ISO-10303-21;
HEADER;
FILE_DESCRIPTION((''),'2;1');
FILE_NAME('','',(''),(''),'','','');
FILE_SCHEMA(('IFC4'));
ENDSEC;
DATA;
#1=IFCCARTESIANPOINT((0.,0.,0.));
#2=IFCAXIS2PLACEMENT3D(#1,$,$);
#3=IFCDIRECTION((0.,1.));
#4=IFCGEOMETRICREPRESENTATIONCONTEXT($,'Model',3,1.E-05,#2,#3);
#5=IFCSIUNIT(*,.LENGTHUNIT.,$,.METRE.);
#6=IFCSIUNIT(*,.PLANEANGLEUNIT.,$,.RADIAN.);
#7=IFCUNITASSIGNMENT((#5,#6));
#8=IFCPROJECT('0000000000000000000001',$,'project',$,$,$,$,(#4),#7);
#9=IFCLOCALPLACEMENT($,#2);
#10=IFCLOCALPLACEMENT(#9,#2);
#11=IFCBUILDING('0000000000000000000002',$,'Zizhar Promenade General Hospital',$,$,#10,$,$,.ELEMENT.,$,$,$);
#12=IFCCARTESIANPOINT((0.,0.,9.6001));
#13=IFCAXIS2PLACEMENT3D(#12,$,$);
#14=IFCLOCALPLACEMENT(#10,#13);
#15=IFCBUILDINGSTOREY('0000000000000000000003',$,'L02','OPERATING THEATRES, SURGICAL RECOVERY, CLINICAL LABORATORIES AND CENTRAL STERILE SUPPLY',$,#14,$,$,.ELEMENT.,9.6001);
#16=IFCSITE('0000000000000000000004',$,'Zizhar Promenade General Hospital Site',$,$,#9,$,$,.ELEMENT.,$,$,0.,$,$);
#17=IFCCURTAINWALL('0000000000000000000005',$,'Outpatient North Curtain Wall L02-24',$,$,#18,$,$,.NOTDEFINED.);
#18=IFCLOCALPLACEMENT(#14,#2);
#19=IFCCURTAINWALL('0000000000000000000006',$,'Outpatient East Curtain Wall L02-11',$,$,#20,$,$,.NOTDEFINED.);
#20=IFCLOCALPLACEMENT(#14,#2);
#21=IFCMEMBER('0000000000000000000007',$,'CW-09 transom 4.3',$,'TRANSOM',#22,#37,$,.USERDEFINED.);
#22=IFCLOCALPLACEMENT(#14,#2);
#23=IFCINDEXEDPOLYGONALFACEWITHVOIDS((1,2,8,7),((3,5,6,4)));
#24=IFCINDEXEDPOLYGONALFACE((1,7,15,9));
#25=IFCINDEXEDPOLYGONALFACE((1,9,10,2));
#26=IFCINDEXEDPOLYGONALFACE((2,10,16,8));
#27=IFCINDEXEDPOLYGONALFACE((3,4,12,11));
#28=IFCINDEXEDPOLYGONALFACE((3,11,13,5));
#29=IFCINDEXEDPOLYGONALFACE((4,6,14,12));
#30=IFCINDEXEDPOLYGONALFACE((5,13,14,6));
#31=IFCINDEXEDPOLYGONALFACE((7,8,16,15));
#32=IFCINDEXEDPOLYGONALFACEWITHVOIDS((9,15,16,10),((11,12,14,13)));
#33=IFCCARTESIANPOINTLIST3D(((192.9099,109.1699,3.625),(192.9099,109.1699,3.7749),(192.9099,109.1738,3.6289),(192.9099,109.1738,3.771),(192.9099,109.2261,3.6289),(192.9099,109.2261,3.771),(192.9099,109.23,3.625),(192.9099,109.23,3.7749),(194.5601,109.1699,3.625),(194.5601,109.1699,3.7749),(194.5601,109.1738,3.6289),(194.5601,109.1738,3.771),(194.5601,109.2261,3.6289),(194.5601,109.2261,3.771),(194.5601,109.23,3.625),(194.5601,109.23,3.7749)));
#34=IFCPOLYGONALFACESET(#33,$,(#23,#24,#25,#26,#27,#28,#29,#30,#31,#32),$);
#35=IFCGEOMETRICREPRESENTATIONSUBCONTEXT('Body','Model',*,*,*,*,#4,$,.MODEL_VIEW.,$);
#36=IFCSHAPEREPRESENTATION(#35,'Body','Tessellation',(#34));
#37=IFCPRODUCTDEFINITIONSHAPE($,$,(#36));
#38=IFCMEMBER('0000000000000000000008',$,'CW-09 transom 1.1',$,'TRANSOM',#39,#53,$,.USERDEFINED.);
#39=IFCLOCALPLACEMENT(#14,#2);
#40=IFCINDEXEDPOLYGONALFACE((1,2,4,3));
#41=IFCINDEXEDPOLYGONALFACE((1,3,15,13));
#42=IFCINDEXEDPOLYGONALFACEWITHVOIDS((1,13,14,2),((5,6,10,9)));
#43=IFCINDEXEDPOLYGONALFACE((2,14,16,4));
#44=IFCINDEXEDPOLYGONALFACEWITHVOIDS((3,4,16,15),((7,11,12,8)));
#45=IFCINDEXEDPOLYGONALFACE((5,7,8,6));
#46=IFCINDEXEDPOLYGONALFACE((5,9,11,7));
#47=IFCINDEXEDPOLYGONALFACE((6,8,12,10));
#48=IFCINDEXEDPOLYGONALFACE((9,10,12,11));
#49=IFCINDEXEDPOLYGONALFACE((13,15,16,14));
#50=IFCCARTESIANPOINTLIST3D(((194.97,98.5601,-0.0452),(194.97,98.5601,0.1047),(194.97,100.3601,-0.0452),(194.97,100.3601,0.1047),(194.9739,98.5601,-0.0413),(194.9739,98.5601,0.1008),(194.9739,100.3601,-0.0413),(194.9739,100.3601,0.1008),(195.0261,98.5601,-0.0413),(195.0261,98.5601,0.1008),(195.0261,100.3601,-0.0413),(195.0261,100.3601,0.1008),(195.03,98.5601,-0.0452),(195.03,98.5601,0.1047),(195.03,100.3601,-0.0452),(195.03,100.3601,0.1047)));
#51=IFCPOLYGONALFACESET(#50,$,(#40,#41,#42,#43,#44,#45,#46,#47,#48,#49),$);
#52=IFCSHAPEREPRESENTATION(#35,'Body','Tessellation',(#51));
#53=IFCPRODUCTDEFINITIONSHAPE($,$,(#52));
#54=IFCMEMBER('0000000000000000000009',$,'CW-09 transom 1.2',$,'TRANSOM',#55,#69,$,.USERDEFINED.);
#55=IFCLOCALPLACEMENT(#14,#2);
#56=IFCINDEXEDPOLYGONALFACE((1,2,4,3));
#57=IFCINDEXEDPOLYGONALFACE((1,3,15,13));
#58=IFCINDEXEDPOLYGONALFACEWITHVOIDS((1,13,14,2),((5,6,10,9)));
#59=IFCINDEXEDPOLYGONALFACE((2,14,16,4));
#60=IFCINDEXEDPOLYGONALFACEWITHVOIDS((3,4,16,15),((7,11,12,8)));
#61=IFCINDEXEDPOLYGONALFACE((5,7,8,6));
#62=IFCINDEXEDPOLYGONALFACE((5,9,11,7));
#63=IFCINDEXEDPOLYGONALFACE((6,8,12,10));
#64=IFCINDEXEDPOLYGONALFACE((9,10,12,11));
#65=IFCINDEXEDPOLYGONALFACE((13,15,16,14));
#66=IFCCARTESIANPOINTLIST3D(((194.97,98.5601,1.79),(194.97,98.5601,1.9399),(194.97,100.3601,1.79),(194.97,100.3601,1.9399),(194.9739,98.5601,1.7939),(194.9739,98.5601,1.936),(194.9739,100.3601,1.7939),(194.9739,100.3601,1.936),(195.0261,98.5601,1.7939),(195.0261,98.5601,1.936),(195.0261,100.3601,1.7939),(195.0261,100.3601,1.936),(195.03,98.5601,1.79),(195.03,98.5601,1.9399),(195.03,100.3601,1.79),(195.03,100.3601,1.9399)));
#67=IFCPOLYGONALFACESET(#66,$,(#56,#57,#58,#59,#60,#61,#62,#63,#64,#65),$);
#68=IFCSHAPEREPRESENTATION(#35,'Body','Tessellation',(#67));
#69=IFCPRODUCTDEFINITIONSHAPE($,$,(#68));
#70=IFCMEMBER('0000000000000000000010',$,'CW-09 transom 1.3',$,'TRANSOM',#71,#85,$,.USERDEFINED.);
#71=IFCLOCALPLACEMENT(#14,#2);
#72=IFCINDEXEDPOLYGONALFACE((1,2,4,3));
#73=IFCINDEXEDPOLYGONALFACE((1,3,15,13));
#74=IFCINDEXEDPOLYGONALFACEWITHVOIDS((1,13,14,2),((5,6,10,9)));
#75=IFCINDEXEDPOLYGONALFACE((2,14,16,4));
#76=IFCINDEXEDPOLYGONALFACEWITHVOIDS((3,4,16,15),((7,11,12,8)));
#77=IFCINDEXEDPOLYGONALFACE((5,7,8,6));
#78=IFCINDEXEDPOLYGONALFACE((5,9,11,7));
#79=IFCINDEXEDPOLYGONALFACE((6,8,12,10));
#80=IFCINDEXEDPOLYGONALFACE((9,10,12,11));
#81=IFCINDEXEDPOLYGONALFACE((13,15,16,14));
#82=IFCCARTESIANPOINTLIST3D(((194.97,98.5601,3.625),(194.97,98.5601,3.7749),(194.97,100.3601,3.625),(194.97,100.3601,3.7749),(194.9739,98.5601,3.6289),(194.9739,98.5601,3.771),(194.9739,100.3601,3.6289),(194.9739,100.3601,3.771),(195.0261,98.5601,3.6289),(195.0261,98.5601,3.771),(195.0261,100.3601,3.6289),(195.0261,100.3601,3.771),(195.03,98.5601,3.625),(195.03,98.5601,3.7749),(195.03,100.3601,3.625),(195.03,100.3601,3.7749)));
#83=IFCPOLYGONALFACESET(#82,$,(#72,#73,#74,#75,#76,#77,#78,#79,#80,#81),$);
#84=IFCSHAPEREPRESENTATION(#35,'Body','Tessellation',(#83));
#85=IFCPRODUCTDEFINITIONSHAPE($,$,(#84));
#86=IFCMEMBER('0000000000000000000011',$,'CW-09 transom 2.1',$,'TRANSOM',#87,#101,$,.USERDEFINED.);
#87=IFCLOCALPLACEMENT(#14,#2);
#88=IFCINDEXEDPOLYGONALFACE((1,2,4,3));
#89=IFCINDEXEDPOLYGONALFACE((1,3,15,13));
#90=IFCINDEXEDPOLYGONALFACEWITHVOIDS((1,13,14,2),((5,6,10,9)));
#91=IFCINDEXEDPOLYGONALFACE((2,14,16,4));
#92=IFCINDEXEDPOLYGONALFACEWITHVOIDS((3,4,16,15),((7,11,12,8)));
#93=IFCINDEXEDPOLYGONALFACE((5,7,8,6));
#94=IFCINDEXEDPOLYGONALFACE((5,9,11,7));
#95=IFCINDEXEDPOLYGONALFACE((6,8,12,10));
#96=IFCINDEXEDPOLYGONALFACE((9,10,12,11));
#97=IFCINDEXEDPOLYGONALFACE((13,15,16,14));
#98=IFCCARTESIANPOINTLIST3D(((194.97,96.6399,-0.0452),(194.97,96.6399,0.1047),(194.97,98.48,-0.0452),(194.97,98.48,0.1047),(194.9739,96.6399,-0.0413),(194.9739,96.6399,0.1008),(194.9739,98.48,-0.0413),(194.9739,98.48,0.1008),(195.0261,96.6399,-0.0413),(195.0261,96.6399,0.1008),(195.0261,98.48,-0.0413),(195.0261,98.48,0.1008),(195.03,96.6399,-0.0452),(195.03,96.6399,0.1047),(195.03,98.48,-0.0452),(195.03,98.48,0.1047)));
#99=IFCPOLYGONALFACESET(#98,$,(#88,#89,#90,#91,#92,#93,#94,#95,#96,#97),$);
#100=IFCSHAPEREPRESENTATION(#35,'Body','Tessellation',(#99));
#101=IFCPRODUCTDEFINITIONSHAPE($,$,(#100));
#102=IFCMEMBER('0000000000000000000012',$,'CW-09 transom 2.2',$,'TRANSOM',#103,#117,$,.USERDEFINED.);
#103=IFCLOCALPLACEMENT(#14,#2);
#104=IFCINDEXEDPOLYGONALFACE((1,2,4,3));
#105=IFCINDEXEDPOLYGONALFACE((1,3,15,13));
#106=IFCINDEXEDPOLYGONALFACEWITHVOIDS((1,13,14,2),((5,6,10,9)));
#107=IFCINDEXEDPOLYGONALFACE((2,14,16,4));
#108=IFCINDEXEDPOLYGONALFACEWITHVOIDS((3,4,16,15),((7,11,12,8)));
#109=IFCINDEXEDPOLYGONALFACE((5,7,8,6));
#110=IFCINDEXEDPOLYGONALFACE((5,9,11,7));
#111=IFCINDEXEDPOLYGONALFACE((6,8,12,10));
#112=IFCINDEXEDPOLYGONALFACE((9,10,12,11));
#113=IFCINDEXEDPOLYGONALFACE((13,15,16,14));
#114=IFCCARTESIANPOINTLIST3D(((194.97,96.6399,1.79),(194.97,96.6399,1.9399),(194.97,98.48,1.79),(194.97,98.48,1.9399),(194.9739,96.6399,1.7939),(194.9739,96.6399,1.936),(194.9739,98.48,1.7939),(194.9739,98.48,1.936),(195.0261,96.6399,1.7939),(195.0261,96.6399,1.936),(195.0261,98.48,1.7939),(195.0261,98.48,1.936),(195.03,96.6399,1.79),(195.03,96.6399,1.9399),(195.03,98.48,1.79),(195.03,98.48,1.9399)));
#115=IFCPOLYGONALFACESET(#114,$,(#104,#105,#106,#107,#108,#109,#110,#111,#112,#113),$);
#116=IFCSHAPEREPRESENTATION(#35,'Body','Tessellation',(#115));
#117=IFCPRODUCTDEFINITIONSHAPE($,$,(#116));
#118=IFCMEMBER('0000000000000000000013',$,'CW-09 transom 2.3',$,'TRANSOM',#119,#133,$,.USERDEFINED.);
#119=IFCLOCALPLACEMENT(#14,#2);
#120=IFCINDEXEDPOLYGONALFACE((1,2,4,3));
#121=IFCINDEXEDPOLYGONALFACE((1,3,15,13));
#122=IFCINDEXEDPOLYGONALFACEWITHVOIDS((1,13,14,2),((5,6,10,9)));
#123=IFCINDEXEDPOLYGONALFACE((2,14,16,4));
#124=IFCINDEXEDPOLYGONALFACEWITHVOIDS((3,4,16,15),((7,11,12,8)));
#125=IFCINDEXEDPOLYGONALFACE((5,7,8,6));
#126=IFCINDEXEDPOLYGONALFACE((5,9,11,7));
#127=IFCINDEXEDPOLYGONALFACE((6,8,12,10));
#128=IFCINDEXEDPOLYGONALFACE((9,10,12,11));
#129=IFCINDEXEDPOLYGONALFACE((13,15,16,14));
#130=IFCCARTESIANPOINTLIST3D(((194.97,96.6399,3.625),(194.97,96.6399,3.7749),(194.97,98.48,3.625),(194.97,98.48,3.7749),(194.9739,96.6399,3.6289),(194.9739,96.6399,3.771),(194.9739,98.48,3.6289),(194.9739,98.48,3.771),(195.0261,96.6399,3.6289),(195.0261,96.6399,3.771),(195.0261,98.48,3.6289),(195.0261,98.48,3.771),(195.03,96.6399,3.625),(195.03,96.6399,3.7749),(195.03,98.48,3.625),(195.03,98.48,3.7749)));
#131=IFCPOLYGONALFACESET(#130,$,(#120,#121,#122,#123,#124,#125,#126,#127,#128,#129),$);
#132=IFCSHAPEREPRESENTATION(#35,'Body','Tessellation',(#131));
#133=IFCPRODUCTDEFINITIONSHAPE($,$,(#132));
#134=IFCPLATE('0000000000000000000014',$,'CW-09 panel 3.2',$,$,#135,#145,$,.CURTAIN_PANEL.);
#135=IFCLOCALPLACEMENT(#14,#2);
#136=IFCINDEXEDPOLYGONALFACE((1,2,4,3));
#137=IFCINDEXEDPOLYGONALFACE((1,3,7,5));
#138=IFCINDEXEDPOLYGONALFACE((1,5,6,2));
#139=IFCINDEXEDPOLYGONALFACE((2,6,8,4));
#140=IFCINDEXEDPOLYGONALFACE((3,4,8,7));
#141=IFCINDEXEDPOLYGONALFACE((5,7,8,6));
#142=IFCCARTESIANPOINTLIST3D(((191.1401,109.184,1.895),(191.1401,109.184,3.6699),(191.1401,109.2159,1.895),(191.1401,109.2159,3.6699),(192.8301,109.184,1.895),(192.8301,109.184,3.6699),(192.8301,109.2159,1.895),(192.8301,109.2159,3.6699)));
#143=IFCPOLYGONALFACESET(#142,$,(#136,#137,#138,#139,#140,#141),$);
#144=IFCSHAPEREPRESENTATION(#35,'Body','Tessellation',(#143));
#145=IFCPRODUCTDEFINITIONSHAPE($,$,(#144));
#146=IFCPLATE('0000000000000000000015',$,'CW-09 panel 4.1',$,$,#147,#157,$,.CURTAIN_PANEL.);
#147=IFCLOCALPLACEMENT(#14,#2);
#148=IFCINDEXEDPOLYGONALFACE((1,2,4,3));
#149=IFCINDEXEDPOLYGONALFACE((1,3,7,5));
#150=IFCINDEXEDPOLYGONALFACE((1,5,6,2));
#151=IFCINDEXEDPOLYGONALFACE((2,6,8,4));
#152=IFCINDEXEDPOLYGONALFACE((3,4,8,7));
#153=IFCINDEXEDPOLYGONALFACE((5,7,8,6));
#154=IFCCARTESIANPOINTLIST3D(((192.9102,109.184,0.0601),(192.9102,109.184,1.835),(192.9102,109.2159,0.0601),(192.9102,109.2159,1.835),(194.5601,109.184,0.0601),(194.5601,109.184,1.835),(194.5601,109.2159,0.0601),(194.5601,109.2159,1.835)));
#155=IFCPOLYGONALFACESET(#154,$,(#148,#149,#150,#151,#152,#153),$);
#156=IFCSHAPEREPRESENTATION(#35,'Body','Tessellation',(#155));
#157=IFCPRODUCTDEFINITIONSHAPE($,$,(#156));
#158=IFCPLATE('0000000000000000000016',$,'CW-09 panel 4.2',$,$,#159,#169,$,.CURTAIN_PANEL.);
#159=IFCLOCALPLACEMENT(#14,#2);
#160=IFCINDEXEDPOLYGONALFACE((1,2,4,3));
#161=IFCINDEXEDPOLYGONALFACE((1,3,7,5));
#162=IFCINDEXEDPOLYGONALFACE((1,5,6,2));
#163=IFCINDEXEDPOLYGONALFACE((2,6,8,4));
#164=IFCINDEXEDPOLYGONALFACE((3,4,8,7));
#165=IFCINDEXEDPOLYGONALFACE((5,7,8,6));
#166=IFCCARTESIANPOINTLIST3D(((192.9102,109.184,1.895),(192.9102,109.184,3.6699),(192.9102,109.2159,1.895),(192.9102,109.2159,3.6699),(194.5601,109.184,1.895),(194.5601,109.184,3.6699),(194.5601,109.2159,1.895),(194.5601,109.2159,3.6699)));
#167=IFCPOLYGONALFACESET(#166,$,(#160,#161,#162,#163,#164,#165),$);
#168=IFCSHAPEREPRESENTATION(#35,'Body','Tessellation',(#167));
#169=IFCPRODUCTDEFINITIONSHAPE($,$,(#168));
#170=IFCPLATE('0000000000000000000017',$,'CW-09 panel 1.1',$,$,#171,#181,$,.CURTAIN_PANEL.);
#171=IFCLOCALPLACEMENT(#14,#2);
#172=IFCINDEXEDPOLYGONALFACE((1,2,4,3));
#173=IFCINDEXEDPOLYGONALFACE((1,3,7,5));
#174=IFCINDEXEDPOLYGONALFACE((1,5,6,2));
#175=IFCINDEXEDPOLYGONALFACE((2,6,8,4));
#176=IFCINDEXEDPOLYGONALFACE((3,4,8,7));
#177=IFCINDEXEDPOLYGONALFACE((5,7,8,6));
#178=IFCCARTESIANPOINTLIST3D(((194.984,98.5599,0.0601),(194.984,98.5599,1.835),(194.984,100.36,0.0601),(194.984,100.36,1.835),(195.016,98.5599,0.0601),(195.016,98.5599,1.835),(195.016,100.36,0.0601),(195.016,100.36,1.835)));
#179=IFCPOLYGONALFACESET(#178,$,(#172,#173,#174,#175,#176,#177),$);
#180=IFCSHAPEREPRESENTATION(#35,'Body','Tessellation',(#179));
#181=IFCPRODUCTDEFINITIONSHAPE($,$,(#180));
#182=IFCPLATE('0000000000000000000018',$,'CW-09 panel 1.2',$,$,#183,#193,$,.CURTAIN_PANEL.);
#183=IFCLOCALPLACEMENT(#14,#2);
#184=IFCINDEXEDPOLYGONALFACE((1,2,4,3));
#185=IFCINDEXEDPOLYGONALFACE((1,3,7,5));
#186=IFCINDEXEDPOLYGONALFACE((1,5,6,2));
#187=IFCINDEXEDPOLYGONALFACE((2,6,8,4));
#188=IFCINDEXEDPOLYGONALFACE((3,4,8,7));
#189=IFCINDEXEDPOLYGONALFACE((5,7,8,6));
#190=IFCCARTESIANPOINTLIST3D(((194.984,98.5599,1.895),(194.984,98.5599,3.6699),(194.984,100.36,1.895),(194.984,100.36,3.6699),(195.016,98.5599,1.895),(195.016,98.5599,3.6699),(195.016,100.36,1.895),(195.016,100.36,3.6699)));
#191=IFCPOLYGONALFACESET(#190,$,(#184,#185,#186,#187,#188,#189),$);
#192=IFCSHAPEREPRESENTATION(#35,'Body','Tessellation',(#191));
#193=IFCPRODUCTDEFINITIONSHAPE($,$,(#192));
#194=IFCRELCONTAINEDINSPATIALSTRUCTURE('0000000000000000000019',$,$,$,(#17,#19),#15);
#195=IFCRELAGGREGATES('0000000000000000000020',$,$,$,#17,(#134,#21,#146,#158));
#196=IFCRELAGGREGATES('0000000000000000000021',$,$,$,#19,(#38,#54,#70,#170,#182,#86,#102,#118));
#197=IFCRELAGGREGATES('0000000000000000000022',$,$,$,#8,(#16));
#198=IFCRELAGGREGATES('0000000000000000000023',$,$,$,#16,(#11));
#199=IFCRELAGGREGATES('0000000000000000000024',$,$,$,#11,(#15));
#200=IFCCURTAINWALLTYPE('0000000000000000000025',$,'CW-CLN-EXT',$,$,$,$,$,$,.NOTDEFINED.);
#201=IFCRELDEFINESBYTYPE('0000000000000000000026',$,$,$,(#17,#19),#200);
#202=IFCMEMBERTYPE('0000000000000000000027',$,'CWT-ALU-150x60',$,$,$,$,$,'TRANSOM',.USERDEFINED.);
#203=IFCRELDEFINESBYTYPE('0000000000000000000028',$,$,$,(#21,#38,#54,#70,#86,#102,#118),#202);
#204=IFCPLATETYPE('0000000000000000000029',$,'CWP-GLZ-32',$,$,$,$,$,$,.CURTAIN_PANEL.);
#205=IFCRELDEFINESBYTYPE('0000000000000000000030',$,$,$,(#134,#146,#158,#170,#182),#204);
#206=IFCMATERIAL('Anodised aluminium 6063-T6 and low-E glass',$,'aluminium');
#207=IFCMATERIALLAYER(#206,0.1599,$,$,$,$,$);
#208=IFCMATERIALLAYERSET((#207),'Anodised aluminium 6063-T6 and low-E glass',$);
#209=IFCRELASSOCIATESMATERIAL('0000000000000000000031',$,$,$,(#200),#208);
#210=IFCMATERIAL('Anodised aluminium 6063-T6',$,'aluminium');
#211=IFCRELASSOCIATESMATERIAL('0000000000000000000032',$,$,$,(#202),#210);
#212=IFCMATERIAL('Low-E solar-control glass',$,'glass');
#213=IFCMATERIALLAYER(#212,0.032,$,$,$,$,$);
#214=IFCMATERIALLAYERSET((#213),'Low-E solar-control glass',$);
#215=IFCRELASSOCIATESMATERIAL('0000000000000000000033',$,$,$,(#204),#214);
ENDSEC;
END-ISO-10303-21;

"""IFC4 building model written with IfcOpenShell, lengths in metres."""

from ifc_helpers import new_model, si_unit, direction, frame, origin, origin_2d, place, context, subcontext, project, spatial, rectangle, hollow_rectangle, extrude, material, layer, layer_set, material_profile, profile_set, type_object, element, aggregate, save


model = new_model("IFC4")

# Units and contexts
model_context = context("Model", 3, precision=1e-05, world=origin(), true_north=direction((0.0, 1.0)))
body_context = subcontext(model_context, "Body", "Model", "MODEL_VIEW")
ifc_project = project(units=[si_unit("LENGTHUNIT", "METRE"), si_unit("PLANEANGLEUNIT", "RADIAN")], contexts=[model_context])

# Site, building, storey
site_placement = place(None, origin())
site = spatial("IfcSite", under=ifc_project, at=site_placement, Name="Zizhar Promenade General Hospital Site", CompositionType="ELEMENT", RefElevation=0.0)
building_placement = place(site_placement, origin())
building = spatial("IfcBuilding", under=site, at=building_placement, Name="Zizhar Promenade General Hospital", CompositionType="ELEMENT")
storey_placement = place(building_placement, frame((0.0, 0.0, 9.6001)))
storey = spatial("IfcBuildingStorey", under=building, at=storey_placement, Name="L02", Description="OPERATING THEATRES, SURGICAL RECOVERY, CLINICAL LABORATORIES AND CENTRAL STERILE SUPPLY", CompositionType="ELEMENT", Elevation=9.6001)

# Curtain walls
ifc_material_1 = material(Name="Anodised aluminium 6063-T6 and low-E glass", Category="aluminium")
ifc_layer_1 = layer(ifc_material_1, 0.1599)
ifc_layer_set_1 = layer_set([ifc_layer_1], Name="Anodised aluminium 6063-T6 and low-E glass")
curtain_wall_type = type_object("IfcCurtainWallType", Name="CW-CLN-EXT", PredefinedType="NOTDEFINED", material=ifc_layer_set_1)
curtain_wall_1_placement = place(storey_placement, origin())
curtain_wall_1 = element("IfcCurtainWall", 1, at=curtain_wall_1_placement, inside=storey, type_object=curtain_wall_type, Name="Outpatient North Curtain Wall L02-24", PredefinedType="NOTDEFINED")
curtain_wall_2_placement = place(storey_placement, origin())
curtain_wall_2 = element("IfcCurtainWall", 2, at=curtain_wall_2_placement, inside=storey, type_object=curtain_wall_type, Name="Outpatient East Curtain Wall L02-11", PredefinedType="NOTDEFINED")

# Members
ifc_material_2 = material(Name="Anodised aluminium 6063-T6", Category="aluminium")
ifc_material_profile_1 = material_profile(ifc_material_2, hollow_rectangle(XDim=0.0601, YDim=0.1499, WallThickness=0.0039, at=origin_2d()))
ifc_profile_set_1 = profile_set([ifc_material_profile_1], Name="Anodised aluminium 6063-T6")
member_type_1 = type_object("IfcMemberType", Name="CWT-ALU-150x60", ElementType="TRANSOM", PredefinedType="USERDEFINED", material=ifc_profile_set_1)
member_1_placement = place(storey_placement, frame((192.9099, 109.2, 3.7), z_axis=(1.0, 0.0, 0.0), x_axis=(0.0, 1.0, 0.0)))
member_1 = element("IfcMember", 3, at=member_1_placement, type_object=member_type_1, Name="CW-09 transom 4.3", ObjectType="TRANSOM", PredefinedType="USERDEFINED", context=body_context, shape_type="SweptSolid", body=[
    extrude(hollow_rectangle(XDim=0.0601, YDim=0.1499, WallThickness=0.0039, at=origin_2d()), origin(), (0.0, 0.0, 1.0), 1.6501),
])
member_2_placement = place(storey_placement, frame((195.0, 100.3601, 0.0298), z_axis=(0.0, -1.0, 0.0), x_axis=(1.0, 0.0, 0.0)))
member_2 = element("IfcMember", 4, at=member_2_placement, type_object=member_type_1, Name="CW-09 transom 1.1", ObjectType="TRANSOM", PredefinedType="USERDEFINED", context=body_context, shape_type="SweptSolid", body=[
    extrude(hollow_rectangle(XDim=0.0601, YDim=0.1499, WallThickness=0.0039, at=origin_2d()), origin(), (0.0, 0.0, 1.0), 1.8),
])
member_3_placement = place(storey_placement, frame((195.0, 100.3601, 1.865), z_axis=(0.0, -1.0, 0.0), x_axis=(1.0, 0.0, 0.0)))
member_3 = element("IfcMember", 5, at=member_3_placement, type_object=member_type_1, Name="CW-09 transom 1.2", ObjectType="TRANSOM", PredefinedType="USERDEFINED", context=body_context, shape_type="SweptSolid", body=[
    extrude(hollow_rectangle(XDim=0.0601, YDim=0.1499, WallThickness=0.0039, at=origin_2d()), origin(), (0.0, 0.0, 1.0), 1.8),
])
member_4_placement = place(storey_placement, frame((195.0, 100.3601, 3.7), z_axis=(0.0, -1.0, 0.0), x_axis=(1.0, 0.0, 0.0)))
member_4 = element("IfcMember", 6, at=member_4_placement, type_object=member_type_1, Name="CW-09 transom 1.3", ObjectType="TRANSOM", PredefinedType="USERDEFINED", context=body_context, shape_type="SweptSolid", body=[
    extrude(hollow_rectangle(XDim=0.0601, YDim=0.1499, WallThickness=0.0039, at=origin_2d()), origin(), (0.0, 0.0, 1.0), 1.8),
])
member_5_placement = place(storey_placement, frame((195.0, 98.48, 0.0298), z_axis=(0.0, -1.0, 0.0), x_axis=(1.0, 0.0, 0.0)))
member_5 = element("IfcMember", 7, at=member_5_placement, type_object=member_type_1, Name="CW-09 transom 2.1", ObjectType="TRANSOM", PredefinedType="USERDEFINED", context=body_context, shape_type="SweptSolid", body=[
    extrude(hollow_rectangle(XDim=0.0601, YDim=0.1499, WallThickness=0.0039, at=origin_2d()), origin(), (0.0, 0.0, 1.0), 1.8401),
])
member_6_placement = place(storey_placement, frame((195.0, 98.48, 1.865), z_axis=(0.0, -1.0, 0.0), x_axis=(1.0, 0.0, 0.0)))
member_6 = element("IfcMember", 8, at=member_6_placement, type_object=member_type_1, Name="CW-09 transom 2.2", ObjectType="TRANSOM", PredefinedType="USERDEFINED", context=body_context, shape_type="SweptSolid", body=[
    extrude(hollow_rectangle(XDim=0.0601, YDim=0.1499, WallThickness=0.0039, at=origin_2d()), origin(), (0.0, 0.0, 1.0), 1.8401),
])
member_7_placement = place(storey_placement, frame((195.0, 98.48, 3.7), z_axis=(0.0, -1.0, 0.0), x_axis=(1.0, 0.0, 0.0)))
member_7 = element("IfcMember", 9, at=member_7_placement, type_object=member_type_1, Name="CW-09 transom 2.3", ObjectType="TRANSOM", PredefinedType="USERDEFINED", context=body_context, shape_type="SweptSolid", body=[
    extrude(hollow_rectangle(XDim=0.0601, YDim=0.1499, WallThickness=0.0039, at=origin_2d()), origin(), (0.0, 0.0, 1.0), 1.8401),
])

# Plates
ifc_material_3 = material(Name="Low-E solar-control glass", Category="glass")
ifc_layer_2 = layer(ifc_material_3, 0.032)
ifc_layer_set_2 = layer_set([ifc_layer_2], Name="Low-E solar-control glass")
plate_type = type_object("IfcPlateType", Name="CWP-GLZ-32", PredefinedType="CURTAIN_PANEL", material=ifc_layer_set_2)
plate_1_placement = place(storey_placement, frame((191.9851, 109.2, 1.895), z_axis=(0.0, 0.0, 1.0), x_axis=(1.0, 0.0, 0.0)))
plate_1 = element("IfcPlate", 10, at=plate_1_placement, type_object=plate_type, Name="CW-09 panel 3.2", PredefinedType="CURTAIN_PANEL", context=body_context, shape_type="SweptSolid", body=[
    extrude(rectangle(XDim=1.6899, YDim=0.032, at=origin_2d()), origin(), (0.0, 0.0, 1.0), 1.7749),
])
plate_2_placement = place(storey_placement, frame((193.7351, 109.2, 0.0601), z_axis=(0.0, 0.0, 1.0), x_axis=(1.0, 0.0, 0.0)))
plate_2 = element("IfcPlate", 11, at=plate_2_placement, type_object=plate_type, Name="CW-09 panel 4.1", PredefinedType="CURTAIN_PANEL", context=body_context, shape_type="SweptSolid", body=[
    extrude(rectangle(XDim=1.6499, YDim=0.032, at=origin_2d()), origin(), (0.0, 0.0, 1.0), 1.7749),
])
plate_3_placement = place(storey_placement, frame((193.7351, 109.2, 1.895), z_axis=(0.0, 0.0, 1.0), x_axis=(1.0, 0.0, 0.0)))
plate_3 = element("IfcPlate", 12, at=plate_3_placement, type_object=plate_type, Name="CW-09 panel 4.2", PredefinedType="CURTAIN_PANEL", context=body_context, shape_type="SweptSolid", body=[
    extrude(rectangle(XDim=1.6499, YDim=0.032, at=origin_2d()), origin(), (0.0, 0.0, 1.0), 1.7749),
])
aggregate(curtain_wall_1, [plate_1, member_1, plate_2, plate_3])
plate_4_placement = place(storey_placement, frame((195.0, 99.46, 0.0601), z_axis=(0.0, 0.0, 1.0), x_axis=(0.0, -1.0, 0.0)))
plate_4 = element("IfcPlate", 13, at=plate_4_placement, type_object=plate_type, Name="CW-09 panel 1.1", PredefinedType="CURTAIN_PANEL", context=body_context, shape_type="SweptSolid", body=[
    extrude(rectangle(XDim=1.8, YDim=0.032, at=origin_2d()), origin(), (0.0, 0.0, 1.0), 1.7749),
])
plate_5_placement = place(storey_placement, frame((195.0, 99.46, 1.895), z_axis=(0.0, 0.0, 1.0), x_axis=(0.0, -1.0, 0.0)))
plate_5 = element("IfcPlate", 14, at=plate_5_placement, type_object=plate_type, Name="CW-09 panel 1.2", PredefinedType="CURTAIN_PANEL", context=body_context, shape_type="SweptSolid", body=[
    extrude(rectangle(XDim=1.8, YDim=0.032, at=origin_2d()), origin(), (0.0, 0.0, 1.0), 1.7749),
])
aggregate(curtain_wall_2, [member_2, member_3, member_4, plate_4, plate_5, member_5, member_6, member_7])

save(model, "model.ifc")
